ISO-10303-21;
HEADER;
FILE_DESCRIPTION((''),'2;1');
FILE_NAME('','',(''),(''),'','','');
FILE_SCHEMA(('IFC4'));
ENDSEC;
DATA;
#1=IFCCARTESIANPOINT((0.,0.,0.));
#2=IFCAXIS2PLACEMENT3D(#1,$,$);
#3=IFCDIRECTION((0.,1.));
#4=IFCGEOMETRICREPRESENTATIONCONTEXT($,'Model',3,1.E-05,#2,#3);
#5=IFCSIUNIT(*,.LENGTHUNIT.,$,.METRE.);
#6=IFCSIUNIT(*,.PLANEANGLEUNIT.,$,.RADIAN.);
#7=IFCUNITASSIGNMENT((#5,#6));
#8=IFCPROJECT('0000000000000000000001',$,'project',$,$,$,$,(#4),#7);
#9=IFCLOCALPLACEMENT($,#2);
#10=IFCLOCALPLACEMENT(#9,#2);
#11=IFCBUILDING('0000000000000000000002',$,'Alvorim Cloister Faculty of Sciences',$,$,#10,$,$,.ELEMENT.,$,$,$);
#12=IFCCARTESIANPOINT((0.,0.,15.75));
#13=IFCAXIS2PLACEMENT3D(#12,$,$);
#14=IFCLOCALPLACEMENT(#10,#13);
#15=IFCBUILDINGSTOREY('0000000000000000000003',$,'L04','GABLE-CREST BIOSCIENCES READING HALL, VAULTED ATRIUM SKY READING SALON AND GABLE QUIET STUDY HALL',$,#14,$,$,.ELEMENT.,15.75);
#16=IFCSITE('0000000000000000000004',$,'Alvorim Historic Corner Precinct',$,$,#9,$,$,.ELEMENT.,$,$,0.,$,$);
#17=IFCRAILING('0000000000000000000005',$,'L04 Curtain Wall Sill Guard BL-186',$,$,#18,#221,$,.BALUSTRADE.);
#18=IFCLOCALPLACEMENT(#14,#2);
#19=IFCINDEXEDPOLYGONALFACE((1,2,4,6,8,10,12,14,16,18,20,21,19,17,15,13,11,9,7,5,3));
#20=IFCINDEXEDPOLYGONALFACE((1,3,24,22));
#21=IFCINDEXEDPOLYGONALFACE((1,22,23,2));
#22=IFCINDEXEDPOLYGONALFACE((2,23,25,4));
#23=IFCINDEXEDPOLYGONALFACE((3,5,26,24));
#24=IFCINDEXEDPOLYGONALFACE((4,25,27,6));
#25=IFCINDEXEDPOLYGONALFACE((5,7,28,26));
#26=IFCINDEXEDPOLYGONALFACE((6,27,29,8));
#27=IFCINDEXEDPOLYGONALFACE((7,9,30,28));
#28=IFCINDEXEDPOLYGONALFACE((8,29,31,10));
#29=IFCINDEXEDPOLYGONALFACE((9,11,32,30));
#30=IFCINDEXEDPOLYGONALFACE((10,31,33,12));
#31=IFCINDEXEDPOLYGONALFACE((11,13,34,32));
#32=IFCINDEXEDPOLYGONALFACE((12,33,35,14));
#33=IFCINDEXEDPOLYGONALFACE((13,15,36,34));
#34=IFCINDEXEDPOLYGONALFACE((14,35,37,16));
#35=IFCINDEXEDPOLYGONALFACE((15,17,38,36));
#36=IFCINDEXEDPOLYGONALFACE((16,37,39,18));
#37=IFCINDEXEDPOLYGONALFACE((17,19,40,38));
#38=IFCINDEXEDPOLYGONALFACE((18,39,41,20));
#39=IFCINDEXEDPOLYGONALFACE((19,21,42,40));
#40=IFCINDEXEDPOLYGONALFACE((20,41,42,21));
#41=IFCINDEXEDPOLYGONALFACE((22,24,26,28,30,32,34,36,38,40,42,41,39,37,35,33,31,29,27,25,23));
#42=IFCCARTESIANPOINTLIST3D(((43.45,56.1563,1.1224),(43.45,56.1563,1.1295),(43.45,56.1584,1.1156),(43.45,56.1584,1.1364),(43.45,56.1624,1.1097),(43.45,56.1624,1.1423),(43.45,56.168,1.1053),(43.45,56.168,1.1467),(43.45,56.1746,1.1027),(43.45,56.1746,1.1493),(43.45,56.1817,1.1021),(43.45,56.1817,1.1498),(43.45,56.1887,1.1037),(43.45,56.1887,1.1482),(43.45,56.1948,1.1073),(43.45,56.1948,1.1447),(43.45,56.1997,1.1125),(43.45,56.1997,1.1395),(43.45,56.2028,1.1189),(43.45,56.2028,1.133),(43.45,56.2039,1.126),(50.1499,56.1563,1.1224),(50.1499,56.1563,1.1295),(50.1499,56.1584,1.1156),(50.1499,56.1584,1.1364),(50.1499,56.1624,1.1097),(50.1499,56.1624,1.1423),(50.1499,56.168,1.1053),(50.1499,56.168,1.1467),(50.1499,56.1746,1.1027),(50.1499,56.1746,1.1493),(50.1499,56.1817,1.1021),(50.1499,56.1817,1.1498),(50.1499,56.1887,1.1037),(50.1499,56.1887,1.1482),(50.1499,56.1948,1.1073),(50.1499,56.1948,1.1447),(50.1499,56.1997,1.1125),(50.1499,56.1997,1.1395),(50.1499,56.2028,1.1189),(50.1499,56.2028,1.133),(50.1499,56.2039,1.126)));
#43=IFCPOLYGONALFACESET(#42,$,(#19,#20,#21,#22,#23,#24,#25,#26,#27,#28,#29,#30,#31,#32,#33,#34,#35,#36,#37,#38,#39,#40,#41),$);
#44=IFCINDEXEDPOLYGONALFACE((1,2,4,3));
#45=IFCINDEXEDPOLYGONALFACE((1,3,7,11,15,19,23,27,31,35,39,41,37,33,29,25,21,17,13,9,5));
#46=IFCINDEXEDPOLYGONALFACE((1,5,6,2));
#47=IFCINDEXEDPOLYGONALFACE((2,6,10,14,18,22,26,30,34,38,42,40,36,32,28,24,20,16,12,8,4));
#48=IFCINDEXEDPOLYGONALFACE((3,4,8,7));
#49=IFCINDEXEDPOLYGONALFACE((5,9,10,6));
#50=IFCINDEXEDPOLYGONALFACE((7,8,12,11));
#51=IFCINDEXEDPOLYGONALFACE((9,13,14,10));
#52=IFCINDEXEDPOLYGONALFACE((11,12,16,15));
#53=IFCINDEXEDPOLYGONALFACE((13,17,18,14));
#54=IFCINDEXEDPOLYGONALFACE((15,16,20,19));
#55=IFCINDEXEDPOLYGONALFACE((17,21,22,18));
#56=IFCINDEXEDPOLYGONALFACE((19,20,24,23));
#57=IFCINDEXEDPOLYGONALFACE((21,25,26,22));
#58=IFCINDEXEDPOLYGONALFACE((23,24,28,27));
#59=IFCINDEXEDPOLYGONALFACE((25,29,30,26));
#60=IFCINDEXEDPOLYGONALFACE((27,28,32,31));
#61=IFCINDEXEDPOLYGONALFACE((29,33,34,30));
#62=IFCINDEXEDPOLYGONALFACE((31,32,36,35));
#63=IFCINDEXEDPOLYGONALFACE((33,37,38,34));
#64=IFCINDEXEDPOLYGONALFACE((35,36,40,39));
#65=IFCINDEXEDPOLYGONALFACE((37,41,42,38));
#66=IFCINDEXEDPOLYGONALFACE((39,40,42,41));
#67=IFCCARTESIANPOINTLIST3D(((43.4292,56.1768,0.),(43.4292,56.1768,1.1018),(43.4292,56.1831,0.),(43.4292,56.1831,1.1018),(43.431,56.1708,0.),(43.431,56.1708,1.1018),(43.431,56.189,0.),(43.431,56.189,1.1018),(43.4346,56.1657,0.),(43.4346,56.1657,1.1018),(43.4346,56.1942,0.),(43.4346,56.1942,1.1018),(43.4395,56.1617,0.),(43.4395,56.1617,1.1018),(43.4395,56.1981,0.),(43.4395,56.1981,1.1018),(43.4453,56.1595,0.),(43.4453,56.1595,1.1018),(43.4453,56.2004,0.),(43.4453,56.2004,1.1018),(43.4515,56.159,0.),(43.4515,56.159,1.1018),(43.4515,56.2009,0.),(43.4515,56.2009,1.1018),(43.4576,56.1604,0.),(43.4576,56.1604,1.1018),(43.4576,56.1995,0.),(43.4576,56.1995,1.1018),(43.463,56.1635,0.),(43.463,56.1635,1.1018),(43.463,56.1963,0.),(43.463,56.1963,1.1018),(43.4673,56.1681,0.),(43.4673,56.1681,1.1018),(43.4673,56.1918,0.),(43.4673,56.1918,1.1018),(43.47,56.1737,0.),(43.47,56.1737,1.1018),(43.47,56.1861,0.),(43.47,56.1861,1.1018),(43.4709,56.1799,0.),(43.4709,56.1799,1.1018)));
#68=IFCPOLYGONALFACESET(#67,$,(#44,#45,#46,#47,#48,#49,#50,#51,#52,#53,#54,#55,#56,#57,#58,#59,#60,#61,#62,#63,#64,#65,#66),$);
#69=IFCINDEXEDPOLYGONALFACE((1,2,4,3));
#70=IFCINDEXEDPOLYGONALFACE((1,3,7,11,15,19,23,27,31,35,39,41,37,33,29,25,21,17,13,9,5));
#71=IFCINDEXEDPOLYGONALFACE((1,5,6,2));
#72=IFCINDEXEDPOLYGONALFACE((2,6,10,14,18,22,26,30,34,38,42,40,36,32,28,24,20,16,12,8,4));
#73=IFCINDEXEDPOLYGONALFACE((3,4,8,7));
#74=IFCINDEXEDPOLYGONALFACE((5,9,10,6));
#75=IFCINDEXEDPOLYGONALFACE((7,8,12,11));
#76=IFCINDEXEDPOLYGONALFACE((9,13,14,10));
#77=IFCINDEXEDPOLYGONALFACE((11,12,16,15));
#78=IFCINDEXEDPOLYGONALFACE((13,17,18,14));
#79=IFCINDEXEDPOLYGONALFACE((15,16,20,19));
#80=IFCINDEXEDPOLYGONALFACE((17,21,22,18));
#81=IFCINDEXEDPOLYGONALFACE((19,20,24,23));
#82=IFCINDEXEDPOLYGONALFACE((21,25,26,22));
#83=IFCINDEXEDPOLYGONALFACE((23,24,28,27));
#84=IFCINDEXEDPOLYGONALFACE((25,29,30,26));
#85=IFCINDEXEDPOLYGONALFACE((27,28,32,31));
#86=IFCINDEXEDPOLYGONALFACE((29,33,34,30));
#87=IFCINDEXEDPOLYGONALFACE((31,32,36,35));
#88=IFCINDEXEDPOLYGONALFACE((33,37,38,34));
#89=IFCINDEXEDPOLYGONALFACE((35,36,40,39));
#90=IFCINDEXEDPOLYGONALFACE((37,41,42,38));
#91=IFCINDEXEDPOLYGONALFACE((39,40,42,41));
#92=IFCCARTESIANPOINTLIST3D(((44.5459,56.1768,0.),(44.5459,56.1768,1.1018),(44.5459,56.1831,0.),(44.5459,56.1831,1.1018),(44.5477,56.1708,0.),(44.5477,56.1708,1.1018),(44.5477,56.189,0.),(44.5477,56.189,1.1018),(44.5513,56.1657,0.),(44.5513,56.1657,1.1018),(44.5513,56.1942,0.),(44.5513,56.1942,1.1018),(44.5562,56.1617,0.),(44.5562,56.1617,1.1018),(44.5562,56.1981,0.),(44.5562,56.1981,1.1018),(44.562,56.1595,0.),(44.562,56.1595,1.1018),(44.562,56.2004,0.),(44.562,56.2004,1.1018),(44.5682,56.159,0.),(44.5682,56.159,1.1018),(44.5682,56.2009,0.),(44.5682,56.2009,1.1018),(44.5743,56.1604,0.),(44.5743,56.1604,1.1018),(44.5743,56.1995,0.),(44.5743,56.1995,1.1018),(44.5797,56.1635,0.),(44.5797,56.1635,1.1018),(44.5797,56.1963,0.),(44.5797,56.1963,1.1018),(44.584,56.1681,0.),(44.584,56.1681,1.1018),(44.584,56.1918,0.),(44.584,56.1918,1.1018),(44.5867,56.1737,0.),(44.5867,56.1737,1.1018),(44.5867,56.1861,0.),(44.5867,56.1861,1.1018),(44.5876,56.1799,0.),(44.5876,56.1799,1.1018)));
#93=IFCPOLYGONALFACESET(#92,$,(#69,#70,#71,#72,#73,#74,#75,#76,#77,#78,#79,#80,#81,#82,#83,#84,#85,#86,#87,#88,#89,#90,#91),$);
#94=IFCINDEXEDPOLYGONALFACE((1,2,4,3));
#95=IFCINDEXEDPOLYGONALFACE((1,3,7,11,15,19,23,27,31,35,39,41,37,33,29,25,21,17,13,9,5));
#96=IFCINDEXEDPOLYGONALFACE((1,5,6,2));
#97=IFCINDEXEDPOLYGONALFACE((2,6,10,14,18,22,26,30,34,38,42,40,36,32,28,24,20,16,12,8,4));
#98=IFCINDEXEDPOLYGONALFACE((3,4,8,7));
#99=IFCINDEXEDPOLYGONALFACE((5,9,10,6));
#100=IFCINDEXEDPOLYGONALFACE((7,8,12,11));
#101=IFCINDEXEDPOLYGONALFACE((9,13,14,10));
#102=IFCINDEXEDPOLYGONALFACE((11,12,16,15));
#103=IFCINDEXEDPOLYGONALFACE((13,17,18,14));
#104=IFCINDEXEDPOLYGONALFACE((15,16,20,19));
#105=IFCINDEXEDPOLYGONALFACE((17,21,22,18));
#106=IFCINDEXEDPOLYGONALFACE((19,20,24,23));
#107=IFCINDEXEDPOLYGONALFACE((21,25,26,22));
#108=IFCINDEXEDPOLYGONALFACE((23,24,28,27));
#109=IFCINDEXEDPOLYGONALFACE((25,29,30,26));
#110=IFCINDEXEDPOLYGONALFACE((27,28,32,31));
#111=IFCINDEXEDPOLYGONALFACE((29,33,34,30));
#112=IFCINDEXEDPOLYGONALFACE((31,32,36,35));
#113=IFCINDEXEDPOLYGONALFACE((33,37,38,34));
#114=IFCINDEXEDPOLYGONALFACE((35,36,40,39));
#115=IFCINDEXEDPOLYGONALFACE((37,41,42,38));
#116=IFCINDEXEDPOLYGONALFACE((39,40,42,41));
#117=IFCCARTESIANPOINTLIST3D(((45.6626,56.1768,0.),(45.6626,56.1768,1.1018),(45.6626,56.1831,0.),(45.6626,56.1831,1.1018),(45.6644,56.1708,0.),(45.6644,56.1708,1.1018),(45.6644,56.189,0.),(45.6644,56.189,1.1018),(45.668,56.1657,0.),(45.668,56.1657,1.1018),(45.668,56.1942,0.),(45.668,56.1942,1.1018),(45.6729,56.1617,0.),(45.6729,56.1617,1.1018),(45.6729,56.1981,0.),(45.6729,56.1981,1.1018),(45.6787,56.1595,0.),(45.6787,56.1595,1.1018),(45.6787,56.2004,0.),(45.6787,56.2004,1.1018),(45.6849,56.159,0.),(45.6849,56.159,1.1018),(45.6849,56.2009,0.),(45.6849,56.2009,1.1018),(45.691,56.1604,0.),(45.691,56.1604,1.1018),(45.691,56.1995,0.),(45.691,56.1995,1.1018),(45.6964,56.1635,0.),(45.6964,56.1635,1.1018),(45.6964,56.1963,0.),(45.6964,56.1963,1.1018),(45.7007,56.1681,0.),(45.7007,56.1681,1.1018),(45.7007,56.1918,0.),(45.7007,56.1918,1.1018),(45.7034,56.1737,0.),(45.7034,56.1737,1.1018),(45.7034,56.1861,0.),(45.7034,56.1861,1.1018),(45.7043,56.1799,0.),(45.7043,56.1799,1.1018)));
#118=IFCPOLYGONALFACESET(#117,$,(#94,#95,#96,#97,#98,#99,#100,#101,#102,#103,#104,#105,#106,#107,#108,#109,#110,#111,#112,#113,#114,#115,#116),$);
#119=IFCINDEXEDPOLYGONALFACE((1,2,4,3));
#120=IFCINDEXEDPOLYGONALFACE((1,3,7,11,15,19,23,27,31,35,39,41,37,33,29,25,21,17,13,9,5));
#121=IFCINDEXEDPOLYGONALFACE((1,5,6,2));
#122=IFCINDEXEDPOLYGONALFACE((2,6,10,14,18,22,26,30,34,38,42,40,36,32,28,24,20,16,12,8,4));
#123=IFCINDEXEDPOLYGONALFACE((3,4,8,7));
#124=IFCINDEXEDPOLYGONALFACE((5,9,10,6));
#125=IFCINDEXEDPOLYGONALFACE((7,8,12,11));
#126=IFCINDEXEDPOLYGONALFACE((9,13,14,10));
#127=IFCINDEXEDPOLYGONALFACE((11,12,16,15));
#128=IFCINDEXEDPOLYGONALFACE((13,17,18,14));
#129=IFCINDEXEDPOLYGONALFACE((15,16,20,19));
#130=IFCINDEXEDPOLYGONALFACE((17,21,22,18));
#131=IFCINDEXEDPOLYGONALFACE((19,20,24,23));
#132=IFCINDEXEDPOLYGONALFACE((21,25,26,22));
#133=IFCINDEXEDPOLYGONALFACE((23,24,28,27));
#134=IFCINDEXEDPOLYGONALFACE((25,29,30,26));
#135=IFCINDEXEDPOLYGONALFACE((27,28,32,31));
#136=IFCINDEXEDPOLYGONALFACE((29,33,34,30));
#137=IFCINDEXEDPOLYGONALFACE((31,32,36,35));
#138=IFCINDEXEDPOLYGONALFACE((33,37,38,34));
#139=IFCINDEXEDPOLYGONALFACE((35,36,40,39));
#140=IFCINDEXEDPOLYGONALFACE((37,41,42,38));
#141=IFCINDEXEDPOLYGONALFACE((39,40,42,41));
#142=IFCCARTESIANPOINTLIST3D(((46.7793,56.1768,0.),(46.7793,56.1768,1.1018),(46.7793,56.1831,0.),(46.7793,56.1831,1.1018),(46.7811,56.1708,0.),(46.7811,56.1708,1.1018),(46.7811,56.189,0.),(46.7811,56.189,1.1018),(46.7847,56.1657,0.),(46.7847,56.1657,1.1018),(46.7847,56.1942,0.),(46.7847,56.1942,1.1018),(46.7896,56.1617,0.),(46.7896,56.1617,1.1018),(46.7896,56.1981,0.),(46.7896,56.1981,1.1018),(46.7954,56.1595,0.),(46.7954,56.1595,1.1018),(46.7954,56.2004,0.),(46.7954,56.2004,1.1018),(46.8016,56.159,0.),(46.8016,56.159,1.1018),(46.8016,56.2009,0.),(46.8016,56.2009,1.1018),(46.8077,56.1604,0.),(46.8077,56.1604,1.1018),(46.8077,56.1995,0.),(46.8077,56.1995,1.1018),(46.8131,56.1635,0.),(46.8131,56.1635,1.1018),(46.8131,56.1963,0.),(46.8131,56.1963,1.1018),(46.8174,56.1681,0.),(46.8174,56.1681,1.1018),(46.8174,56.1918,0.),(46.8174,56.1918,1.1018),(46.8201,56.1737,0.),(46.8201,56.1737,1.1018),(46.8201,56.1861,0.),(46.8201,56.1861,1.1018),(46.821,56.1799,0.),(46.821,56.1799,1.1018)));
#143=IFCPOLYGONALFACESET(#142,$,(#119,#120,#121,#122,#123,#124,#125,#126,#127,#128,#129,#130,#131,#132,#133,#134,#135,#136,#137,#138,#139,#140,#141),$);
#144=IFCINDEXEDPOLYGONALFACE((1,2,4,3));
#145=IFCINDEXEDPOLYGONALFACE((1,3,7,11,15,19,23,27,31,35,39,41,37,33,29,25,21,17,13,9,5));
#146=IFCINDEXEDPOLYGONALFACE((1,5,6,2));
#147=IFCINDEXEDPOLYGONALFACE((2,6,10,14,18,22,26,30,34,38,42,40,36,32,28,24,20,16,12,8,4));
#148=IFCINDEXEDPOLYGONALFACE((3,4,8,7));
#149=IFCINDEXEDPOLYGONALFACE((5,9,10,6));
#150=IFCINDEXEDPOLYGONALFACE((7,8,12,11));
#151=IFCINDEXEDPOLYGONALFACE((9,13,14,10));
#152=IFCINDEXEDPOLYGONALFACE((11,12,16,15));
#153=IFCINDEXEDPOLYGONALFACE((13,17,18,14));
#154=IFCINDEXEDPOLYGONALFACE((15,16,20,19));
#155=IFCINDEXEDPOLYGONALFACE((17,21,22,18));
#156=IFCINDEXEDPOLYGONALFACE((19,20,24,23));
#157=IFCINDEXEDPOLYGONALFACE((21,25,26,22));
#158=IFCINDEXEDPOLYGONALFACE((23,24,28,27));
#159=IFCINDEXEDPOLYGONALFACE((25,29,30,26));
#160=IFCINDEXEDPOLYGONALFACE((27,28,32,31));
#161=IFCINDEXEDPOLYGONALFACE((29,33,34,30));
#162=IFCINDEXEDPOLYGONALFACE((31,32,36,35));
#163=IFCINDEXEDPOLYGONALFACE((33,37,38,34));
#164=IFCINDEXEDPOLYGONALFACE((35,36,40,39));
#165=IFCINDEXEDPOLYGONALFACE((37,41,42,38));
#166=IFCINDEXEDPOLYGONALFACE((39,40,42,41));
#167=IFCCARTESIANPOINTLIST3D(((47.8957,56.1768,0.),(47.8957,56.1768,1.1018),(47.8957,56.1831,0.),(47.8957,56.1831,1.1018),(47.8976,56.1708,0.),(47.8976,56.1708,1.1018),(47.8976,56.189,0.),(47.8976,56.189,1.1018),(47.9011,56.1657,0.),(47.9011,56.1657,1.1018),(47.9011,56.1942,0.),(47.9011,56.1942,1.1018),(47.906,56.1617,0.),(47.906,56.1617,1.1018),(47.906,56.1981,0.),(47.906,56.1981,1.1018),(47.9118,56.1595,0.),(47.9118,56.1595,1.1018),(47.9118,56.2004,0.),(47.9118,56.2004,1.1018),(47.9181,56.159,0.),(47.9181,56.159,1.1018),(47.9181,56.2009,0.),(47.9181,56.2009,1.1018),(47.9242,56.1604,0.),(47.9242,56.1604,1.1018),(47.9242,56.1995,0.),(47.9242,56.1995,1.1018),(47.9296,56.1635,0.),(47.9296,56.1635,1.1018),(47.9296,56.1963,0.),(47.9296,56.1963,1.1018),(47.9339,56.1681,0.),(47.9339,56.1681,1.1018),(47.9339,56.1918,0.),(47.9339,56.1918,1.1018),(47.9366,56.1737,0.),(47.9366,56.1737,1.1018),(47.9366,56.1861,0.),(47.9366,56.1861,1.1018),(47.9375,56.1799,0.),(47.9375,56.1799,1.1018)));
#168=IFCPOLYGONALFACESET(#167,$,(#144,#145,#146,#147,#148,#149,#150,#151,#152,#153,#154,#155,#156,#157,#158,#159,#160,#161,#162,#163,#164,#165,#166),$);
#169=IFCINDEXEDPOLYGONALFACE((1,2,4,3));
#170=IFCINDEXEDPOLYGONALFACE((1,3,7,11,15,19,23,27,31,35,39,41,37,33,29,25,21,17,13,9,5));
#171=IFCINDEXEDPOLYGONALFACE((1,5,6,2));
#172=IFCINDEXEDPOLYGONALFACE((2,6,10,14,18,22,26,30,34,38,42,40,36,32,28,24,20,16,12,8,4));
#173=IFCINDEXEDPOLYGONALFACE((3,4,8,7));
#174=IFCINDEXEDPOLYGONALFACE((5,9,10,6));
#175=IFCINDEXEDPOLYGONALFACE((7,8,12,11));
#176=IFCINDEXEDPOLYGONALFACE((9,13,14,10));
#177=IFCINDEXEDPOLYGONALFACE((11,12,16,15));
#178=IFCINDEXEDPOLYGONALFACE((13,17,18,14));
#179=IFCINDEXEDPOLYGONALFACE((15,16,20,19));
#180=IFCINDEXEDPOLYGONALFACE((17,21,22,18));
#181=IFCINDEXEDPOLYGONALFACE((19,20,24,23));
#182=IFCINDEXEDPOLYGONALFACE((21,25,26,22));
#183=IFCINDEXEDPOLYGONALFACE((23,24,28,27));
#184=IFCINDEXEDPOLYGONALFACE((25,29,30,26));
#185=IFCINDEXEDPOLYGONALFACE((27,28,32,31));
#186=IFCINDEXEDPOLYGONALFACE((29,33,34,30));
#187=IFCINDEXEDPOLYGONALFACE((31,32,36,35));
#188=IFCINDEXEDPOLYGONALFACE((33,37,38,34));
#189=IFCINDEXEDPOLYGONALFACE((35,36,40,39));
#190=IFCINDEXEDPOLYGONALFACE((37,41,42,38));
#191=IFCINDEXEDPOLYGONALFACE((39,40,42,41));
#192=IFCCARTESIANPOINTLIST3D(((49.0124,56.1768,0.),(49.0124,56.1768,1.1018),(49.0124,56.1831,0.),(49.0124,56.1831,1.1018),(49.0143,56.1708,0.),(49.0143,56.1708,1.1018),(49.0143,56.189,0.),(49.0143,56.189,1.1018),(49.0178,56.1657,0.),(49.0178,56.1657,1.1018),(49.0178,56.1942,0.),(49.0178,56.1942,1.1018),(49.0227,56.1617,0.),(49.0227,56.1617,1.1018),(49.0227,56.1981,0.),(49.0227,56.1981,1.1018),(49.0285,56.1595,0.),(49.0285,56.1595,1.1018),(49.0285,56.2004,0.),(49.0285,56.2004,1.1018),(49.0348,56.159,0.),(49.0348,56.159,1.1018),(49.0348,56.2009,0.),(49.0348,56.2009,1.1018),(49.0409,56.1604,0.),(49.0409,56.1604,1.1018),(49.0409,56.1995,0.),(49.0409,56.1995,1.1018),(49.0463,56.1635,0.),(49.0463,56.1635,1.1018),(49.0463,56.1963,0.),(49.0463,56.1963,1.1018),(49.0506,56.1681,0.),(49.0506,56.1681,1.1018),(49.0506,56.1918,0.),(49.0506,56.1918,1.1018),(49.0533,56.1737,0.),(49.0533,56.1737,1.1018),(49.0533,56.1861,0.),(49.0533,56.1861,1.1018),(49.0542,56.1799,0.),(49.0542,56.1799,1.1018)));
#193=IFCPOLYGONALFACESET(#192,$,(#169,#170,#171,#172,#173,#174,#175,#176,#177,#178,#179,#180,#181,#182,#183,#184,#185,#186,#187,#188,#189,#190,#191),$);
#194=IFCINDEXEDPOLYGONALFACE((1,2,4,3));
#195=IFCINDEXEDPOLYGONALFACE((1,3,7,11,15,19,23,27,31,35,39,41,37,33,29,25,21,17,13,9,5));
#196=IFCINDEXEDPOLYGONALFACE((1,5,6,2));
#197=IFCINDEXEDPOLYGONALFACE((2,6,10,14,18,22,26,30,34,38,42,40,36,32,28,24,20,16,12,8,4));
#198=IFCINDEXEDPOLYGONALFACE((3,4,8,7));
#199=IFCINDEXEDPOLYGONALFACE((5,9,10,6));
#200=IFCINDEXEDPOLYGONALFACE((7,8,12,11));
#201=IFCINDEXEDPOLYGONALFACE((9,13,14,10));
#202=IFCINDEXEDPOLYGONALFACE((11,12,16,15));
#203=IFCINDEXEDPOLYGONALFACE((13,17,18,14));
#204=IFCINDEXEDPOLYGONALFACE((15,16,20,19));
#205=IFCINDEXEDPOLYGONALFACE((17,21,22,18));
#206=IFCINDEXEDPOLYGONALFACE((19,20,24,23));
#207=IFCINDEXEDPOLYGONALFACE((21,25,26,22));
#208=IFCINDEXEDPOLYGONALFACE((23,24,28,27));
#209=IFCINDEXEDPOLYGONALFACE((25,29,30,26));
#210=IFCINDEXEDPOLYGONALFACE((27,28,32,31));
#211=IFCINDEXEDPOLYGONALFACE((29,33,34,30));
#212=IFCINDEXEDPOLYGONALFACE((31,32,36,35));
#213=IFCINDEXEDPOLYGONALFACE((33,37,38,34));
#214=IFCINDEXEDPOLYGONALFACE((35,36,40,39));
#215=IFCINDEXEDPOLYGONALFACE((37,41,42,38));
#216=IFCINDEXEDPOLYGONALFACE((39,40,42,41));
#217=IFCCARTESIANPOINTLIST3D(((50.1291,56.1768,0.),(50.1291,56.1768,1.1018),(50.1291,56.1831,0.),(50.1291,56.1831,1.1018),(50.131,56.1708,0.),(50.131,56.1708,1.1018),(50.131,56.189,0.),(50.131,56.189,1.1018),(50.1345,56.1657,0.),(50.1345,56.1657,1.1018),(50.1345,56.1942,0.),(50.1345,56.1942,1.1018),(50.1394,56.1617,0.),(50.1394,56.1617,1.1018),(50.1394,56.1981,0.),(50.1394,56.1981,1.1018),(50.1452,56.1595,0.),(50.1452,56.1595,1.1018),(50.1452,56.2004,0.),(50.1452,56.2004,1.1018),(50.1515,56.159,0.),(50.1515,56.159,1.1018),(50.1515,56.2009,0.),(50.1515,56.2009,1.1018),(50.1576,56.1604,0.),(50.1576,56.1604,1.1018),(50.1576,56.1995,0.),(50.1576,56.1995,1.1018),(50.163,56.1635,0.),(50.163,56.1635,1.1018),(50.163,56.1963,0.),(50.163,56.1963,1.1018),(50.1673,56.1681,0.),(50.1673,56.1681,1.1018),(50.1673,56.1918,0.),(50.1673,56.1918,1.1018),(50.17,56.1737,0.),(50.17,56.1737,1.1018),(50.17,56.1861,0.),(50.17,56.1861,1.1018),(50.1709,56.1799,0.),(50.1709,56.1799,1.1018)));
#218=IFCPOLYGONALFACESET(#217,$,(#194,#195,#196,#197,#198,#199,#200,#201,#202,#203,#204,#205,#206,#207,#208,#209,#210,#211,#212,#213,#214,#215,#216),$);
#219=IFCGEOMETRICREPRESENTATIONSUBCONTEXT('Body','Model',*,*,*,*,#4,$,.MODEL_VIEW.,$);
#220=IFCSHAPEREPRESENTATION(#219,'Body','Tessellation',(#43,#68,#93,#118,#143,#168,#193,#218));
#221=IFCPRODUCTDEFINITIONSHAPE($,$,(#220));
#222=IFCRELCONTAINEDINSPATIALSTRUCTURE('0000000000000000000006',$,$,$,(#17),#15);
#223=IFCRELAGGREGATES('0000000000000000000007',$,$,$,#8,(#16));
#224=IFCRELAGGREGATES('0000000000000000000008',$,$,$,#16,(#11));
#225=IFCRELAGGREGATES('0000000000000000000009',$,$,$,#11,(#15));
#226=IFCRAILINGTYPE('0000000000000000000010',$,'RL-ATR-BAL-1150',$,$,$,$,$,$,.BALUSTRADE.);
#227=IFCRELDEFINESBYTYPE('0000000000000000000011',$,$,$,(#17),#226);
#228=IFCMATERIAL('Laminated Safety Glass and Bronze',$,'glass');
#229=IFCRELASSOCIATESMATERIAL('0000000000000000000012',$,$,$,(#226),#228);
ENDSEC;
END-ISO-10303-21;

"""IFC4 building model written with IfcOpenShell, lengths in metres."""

from ifc_helpers import new_model, si_unit, direction, frame, origin, origin_2d, place, context, subcontext, project, spatial, circle, extrude, material, type_object, element, save


model = new_model("IFC4")

# Units and contexts
model_context = context("Model", 3, precision=1e-05, world=origin(), true_north=direction((0.0, 1.0)))
body_context = subcontext(model_context, "Body", "Model", "MODEL_VIEW")
ifc_project = project(units=[si_unit("LENGTHUNIT", "METRE"), si_unit("PLANEANGLEUNIT", "RADIAN")], contexts=[model_context])

# Site, building, storey
site_placement = place(None, origin())
site = spatial("IfcSite", under=ifc_project, at=site_placement, Name="Alvorim Historic Corner Precinct", CompositionType="ELEMENT", RefElevation=0.0)
building_placement = place(site_placement, origin())
building = spatial("IfcBuilding", under=site, at=building_placement, Name="Alvorim Cloister Faculty of Sciences", CompositionType="ELEMENT")
storey_placement = place(building_placement, frame((0.0, 0.0, 15.75)))
storey = spatial("IfcBuildingStorey", under=building, at=storey_placement, Name="L04", Description="GABLE-CREST BIOSCIENCES READING HALL, VAULTED ATRIUM SKY READING SALON AND GABLE QUIET STUDY HALL", CompositionType="ELEMENT", Elevation=15.75)

# Railing
ifc_material_1 = material(Name="Laminated Safety Glass and Bronze", Category="glass")
railing_type = type_object("IfcRailingType", Name="RL-ATR-BAL-1150", PredefinedType="BALUSTRADE", material=ifc_material_1)
railing_placement = place(storey_placement, frame((43.45, 56.1799, 0.0)))
element("IfcRailing", 1, at=railing_placement, inside=storey, type_object=railing_type, Name="L04 Curtain Wall Sill Guard BL-186", PredefinedType="BALUSTRADE", context=body_context, shape_type="SweptSolid", body=[
    extrude(circle(Radius=0.0239, at=origin_2d()), frame((0.0, 0.0, 1.126), z_axis=(1.0, 0.0, 0.0), x_axis=(0.0, 1.0, 0.0)), (0.0, 0.0, 1.0), 6.7),
    extrude(circle(Radius=0.021, at=origin_2d()), origin(), (0.0, 0.0, 1.0), 1.1018),
    extrude(circle(Radius=0.021, at=origin_2d()), frame((1.1167, 0.0, 0.0)), (0.0, 0.0, 1.0), 1.1018),
    extrude(circle(Radius=0.021, at=origin_2d()), frame((2.2334, 0.0, 0.0)), (0.0, 0.0, 1.0), 1.1018),
    extrude(circle(Radius=0.021, at=origin_2d()), frame((3.3501, 0.0, 0.0)), (0.0, 0.0, 1.0), 1.1018),
    extrude(circle(Radius=0.021, at=origin_2d()), frame((4.4666, 0.0, 0.0)), (0.0, 0.0, 1.0), 1.1018),
    extrude(circle(Radius=0.021, at=origin_2d()), frame((5.5833, 0.0, 0.0)), (0.0, 0.0, 1.0), 1.1018),
    extrude(circle(Radius=0.021, at=origin_2d()), frame((6.7, 0.0, 0.0)), (0.0, 0.0, 1.0), 1.1018),
])

save(model, "model.ifc")
